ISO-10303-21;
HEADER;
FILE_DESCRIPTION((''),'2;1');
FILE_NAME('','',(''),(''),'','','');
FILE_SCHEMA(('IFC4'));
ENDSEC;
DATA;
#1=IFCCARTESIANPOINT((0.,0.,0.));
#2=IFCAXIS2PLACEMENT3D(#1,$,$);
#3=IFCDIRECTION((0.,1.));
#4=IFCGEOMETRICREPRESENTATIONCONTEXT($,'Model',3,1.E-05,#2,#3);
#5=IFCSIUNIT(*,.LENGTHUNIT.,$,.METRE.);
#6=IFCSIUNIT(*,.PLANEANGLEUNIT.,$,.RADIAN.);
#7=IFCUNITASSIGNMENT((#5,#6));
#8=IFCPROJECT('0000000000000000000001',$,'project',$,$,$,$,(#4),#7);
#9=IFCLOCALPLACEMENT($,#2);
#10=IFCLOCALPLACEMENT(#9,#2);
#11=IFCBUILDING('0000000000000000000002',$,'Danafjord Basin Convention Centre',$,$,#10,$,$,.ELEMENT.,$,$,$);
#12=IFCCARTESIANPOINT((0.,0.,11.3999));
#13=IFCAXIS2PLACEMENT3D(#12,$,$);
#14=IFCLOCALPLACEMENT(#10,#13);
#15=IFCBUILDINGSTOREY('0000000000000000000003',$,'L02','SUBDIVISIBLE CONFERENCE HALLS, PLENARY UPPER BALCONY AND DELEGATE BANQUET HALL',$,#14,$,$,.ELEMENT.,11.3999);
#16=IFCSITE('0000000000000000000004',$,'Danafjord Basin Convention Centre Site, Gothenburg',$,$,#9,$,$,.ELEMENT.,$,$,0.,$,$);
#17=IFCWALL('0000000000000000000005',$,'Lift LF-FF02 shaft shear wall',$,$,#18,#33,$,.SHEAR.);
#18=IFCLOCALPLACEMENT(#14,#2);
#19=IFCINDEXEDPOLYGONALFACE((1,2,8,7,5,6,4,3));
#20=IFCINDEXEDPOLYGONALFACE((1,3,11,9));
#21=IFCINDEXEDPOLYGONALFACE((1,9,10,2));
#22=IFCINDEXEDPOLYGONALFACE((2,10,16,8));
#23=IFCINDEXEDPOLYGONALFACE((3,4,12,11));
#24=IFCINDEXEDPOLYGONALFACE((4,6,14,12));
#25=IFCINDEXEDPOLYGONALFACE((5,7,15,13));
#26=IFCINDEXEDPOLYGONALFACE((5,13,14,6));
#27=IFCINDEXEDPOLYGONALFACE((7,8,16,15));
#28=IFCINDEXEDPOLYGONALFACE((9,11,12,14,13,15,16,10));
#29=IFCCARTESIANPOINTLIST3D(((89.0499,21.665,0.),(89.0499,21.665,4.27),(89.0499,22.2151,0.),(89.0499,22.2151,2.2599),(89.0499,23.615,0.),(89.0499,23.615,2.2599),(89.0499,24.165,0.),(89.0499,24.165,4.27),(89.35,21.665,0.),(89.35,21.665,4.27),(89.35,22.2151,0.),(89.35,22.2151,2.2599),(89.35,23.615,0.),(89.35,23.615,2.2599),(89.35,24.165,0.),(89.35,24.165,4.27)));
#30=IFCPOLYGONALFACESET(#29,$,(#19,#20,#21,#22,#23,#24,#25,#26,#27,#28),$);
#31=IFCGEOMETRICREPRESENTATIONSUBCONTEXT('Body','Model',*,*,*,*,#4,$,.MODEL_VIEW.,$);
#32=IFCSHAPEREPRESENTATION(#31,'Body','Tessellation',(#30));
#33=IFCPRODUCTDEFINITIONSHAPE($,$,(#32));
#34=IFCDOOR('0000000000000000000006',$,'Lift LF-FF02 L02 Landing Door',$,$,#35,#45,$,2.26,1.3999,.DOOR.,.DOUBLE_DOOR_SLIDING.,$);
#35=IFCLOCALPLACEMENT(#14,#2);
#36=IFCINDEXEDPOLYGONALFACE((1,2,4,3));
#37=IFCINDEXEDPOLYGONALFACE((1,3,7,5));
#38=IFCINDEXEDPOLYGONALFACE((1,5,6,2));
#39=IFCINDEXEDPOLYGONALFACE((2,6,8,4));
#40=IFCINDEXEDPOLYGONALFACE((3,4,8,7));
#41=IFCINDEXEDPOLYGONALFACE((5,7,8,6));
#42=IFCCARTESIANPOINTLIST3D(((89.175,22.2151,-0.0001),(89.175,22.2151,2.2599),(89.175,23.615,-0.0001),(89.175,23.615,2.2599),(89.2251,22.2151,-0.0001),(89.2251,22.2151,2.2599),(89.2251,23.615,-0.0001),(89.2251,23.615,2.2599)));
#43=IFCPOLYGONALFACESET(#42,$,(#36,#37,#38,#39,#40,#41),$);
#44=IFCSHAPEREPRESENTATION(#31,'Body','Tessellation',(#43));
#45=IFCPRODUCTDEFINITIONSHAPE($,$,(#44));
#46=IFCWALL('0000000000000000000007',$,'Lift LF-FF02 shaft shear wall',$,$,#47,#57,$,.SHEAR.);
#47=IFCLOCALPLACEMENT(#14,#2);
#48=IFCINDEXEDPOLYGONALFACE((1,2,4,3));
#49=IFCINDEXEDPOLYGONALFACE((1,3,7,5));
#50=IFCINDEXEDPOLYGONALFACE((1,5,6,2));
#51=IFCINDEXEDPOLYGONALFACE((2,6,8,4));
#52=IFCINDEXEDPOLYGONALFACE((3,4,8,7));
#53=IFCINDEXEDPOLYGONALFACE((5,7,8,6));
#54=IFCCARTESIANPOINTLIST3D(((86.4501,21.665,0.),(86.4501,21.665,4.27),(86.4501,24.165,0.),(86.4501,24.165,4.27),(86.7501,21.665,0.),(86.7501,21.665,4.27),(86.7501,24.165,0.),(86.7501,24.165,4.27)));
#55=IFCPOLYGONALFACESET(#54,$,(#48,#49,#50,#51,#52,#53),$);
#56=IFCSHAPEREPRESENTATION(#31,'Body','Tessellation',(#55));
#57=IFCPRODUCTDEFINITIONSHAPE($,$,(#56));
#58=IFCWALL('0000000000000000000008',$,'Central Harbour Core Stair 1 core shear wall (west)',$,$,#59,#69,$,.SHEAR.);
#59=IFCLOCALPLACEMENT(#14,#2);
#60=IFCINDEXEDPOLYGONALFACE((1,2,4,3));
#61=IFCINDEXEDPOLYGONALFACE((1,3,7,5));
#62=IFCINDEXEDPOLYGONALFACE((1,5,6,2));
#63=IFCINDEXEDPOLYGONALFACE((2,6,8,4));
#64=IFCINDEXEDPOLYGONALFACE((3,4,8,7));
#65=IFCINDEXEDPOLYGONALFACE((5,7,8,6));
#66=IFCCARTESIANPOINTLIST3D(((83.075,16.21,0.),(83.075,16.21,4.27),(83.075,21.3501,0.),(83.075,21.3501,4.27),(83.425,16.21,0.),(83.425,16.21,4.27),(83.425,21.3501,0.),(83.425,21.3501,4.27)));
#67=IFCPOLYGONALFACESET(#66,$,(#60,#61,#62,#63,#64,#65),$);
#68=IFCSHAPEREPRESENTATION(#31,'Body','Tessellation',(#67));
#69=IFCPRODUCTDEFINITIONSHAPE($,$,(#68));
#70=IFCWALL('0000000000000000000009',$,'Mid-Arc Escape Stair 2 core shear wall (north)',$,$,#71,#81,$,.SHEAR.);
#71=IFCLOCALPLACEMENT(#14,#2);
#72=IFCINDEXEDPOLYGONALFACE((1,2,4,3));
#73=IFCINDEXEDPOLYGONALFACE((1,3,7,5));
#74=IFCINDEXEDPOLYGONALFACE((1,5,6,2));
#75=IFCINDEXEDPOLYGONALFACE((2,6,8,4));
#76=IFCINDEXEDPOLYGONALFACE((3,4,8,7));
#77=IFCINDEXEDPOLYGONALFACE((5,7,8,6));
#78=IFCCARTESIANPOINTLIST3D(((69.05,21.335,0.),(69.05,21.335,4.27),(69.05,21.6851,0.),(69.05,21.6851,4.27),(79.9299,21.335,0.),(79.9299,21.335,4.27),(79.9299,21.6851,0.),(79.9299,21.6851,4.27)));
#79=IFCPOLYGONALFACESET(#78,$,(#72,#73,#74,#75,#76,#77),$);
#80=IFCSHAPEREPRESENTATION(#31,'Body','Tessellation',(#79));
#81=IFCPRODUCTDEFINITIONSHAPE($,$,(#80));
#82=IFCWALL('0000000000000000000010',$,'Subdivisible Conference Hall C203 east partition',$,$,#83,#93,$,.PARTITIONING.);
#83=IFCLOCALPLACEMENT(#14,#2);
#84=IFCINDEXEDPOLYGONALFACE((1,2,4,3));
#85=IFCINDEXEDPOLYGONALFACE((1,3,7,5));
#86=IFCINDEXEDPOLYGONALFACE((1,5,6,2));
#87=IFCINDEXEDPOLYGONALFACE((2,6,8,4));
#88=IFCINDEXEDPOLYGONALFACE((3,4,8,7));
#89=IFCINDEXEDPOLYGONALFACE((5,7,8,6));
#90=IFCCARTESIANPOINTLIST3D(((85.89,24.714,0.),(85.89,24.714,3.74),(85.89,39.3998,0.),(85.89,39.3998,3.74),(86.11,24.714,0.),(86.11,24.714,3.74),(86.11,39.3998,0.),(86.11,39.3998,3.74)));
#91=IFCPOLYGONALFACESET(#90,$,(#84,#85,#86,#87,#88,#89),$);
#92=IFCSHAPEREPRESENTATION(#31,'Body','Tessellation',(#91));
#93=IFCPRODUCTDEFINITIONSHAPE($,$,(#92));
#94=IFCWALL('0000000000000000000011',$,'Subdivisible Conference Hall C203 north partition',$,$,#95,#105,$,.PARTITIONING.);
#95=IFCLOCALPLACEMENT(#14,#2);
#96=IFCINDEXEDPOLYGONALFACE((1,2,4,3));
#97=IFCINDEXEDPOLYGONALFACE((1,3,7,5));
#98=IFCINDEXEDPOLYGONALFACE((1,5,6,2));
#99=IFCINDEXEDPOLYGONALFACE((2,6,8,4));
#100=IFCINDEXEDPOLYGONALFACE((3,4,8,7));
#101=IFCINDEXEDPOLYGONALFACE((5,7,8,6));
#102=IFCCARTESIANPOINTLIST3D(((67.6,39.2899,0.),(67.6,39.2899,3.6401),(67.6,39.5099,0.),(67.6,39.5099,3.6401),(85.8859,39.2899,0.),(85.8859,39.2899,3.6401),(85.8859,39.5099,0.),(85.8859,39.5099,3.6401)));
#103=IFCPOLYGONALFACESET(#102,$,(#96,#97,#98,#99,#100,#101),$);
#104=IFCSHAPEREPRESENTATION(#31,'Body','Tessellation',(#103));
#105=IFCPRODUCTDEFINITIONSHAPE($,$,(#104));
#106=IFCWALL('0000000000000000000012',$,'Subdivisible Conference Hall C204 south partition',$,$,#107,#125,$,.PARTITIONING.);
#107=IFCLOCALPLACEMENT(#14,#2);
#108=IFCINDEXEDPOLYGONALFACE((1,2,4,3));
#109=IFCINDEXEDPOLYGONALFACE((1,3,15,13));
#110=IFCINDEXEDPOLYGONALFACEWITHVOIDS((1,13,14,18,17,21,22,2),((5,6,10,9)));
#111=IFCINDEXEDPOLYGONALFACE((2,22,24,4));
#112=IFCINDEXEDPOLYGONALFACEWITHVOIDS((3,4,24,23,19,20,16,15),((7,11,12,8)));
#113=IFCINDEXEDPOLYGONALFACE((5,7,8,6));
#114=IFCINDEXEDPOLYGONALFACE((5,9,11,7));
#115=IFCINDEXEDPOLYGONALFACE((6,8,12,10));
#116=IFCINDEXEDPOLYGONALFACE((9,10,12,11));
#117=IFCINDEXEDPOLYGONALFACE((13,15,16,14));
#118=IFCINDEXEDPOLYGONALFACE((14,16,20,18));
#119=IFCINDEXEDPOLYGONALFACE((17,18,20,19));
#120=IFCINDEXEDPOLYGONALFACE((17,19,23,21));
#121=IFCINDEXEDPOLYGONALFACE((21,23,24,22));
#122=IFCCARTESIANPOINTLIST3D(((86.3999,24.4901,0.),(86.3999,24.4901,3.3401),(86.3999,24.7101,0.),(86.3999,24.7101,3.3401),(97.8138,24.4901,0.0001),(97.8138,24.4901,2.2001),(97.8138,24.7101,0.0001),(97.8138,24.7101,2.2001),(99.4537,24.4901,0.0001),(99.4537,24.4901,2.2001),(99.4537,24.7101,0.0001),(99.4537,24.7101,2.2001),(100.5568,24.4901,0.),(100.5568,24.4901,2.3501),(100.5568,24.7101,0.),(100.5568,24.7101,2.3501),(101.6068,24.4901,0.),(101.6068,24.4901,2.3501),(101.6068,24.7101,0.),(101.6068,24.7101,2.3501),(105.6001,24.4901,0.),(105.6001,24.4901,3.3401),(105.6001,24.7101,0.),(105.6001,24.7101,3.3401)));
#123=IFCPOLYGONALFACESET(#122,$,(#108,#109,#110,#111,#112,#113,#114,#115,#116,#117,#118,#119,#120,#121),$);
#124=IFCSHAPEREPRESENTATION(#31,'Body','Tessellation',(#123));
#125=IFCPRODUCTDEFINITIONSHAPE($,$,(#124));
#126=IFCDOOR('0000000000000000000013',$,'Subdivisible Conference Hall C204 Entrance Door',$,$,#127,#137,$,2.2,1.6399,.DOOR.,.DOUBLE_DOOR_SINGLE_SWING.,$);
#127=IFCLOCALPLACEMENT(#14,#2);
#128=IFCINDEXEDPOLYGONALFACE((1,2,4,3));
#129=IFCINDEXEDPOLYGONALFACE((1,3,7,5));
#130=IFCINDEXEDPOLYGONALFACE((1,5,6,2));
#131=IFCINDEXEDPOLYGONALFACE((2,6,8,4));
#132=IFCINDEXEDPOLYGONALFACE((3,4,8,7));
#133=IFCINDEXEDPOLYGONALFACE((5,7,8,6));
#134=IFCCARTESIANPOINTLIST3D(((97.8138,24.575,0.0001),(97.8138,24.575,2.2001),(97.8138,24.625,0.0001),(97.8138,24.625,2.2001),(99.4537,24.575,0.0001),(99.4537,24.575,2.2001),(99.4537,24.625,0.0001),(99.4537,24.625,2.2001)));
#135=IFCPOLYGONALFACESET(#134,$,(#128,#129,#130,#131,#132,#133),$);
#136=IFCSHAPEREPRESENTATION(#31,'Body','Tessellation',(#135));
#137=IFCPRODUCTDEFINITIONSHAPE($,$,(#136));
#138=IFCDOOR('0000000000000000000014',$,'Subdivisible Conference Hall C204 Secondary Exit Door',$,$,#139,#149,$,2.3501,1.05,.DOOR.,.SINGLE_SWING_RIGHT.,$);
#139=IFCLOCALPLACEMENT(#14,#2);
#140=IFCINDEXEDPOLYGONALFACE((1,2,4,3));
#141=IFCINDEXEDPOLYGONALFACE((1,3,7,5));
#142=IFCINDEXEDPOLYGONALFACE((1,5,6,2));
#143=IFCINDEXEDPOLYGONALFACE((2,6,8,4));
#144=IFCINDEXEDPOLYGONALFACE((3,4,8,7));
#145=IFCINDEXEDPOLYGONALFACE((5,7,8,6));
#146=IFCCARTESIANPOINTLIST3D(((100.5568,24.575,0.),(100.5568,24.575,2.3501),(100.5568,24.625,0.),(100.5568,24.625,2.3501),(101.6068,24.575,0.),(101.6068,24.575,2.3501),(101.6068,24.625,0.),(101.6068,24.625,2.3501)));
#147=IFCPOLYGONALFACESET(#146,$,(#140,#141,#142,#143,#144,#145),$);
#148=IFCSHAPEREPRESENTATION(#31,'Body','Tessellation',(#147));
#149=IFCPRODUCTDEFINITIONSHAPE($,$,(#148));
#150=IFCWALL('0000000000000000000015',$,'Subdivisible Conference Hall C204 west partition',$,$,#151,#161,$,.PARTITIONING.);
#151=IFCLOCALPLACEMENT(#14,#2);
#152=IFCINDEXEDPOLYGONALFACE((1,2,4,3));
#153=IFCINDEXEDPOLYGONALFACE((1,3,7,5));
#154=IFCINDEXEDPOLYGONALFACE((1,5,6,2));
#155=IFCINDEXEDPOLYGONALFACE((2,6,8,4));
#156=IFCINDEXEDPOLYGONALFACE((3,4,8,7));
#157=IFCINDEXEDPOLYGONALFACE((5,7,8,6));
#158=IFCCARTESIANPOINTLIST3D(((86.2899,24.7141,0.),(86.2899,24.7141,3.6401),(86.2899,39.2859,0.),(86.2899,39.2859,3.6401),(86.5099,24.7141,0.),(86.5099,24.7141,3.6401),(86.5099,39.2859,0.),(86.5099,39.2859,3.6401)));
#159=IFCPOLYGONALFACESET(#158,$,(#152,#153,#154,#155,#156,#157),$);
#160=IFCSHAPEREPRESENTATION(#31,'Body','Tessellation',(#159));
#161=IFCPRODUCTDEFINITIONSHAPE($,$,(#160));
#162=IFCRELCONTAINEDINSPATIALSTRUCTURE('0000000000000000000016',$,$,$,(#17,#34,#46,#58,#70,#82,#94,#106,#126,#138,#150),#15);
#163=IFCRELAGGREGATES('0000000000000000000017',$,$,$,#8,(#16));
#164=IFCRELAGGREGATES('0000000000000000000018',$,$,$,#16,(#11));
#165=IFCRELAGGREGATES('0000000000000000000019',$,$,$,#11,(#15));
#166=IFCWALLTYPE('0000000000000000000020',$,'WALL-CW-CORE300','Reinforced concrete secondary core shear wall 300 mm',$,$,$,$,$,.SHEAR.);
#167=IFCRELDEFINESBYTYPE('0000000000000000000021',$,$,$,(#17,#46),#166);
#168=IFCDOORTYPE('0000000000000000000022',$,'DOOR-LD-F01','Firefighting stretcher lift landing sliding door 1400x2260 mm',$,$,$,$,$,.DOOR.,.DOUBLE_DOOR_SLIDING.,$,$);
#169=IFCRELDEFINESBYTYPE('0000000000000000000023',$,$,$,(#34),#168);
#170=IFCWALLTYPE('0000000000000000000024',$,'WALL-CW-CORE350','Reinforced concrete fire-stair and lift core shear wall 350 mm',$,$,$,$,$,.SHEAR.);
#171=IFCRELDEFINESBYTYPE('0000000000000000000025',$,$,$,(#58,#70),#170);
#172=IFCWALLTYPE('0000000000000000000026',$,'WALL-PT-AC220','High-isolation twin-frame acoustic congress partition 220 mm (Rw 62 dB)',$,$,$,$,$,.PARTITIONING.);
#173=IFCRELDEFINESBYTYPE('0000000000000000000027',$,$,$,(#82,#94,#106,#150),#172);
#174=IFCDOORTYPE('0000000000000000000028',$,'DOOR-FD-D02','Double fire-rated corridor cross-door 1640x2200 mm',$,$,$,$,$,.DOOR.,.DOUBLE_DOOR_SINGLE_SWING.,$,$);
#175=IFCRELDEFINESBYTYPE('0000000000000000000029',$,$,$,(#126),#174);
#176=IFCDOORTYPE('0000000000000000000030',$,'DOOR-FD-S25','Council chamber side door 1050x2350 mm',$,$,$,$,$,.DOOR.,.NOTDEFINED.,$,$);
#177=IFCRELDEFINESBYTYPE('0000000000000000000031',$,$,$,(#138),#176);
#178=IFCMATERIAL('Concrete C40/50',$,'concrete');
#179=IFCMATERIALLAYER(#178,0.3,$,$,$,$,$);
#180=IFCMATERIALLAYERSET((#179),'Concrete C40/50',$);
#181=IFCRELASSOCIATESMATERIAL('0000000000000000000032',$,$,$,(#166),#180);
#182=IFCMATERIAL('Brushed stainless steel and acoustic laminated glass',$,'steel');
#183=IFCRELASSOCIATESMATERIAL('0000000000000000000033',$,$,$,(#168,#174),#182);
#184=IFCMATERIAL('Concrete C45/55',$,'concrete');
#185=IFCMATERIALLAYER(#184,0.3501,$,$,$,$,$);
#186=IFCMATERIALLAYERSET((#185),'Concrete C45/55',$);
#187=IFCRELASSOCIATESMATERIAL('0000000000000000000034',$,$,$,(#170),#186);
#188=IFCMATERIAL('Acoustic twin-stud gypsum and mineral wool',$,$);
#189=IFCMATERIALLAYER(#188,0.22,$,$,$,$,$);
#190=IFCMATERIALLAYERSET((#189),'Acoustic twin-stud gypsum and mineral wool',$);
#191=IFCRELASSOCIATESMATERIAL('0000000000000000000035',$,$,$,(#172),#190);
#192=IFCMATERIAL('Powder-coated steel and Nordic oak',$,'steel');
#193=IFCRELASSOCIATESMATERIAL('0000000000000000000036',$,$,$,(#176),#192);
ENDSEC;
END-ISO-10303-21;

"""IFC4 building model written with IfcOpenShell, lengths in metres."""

from ifc_helpers import new_model, si_unit, direction, frame, frame_2d, origin, place, context, subcontext, project, spatial, rectangle, extrude, material, layer, layer_set, type_object, element, fill, save


model = new_model("IFC4")

# Units and contexts
model_context = context("Model", 3, precision=1e-05, world=origin(), true_north=direction((0.0, 1.0)))
body_context = subcontext(model_context, "Body", "Model", "MODEL_VIEW")
ifc_project = project(units=[si_unit("LENGTHUNIT", "METRE"), si_unit("PLANEANGLEUNIT", "RADIAN")], contexts=[model_context])

# Site, building, storey
site_placement = place(None, origin())
site = spatial("IfcSite", under=ifc_project, at=site_placement, Name="Danafjord Basin Convention Centre Site, Gothenburg", CompositionType="ELEMENT", RefElevation=0.0)
building_placement = place(site_placement, origin())
building = spatial("IfcBuilding", under=site, at=building_placement, Name="Danafjord Basin Convention Centre", CompositionType="ELEMENT")
storey_placement = place(building_placement, frame((0.0, 0.0, 11.3999)))
storey = spatial("IfcBuildingStorey", under=building, at=storey_placement, Name="L02", Description="SUBDIVISIBLE CONFERENCE HALLS, PLENARY UPPER BALCONY AND DELEGATE BANQUET HALL", CompositionType="ELEMENT", Elevation=11.3999)

# Shared definitions
ifc_material_1 = material(Name="Concrete C40/50", Category="concrete")
ifc_layer_1 = layer(ifc_material_1, 0.3)
ifc_layer_set_1 = layer_set([ifc_layer_1], Name="Concrete C40/50")
wall_type_1 = type_object("IfcWallType", Name="WALL-CW-CORE300", Description="Reinforced concrete secondary core shear wall 300 mm", PredefinedType="SHEAR", material=ifc_layer_set_1)

# Wall, opening, door
wall_1_placement = place(storey_placement, frame((89.2, 21.665, 0.0), z_axis=(0.0, 0.0, 1.0), x_axis=(0.0, 1.0, 0.0)))
wall_1 = element("IfcWall", 1, at=wall_1_placement, inside=storey, type_object=wall_type_1, Name="Lift LF-FF02 shaft shear wall", PredefinedType="SHEAR", context=body_context, shape_type="SweptSolid", body=[
    extrude(rectangle(XDim=2.5, YDim=0.3, at=frame_2d((1.25, 0.0))), origin(), (0.0, 0.0, 1.0), 4.27),
])
opening_1_placement = place(wall_1_placement, frame((0.55, 0.0, 0.0)))
opening_1 = element("IfcOpeningElement", 2, at=opening_1_placement, cuts=wall_1, PredefinedType="OPENING", context=body_context, shape_type="SweptSolid", body=[
    extrude(rectangle(XDim=1.3999, YDim=2.26, at=frame_2d((0.7, 1.1299))), frame((0.0, 0.1599, 0.0), z_axis=(0.0, -1.0, 0.0), x_axis=(1.0, 0.0, 0.0)), (0.0, 0.0, 1.0), 0.3201),
])
ifc_material_2 = material(Name="Brushed stainless steel and acoustic laminated glass", Category="steel")
door_type_1 = type_object("IfcDoorType", Name="DOOR-LD-F01", Description="Firefighting stretcher lift landing sliding door 1400x2260 mm", OperationType="DOUBLE_DOOR_SLIDING", PredefinedType="DOOR", material=ifc_material_2)
door_1_placement = place(opening_1_placement, origin())
door_1 = element("IfcDoor", 3, at=door_1_placement, inside=storey, type_object=door_type_1, Name="Lift LF-FF02 L02 Landing Door", OperationType="DOUBLE_DOOR_SLIDING", OverallHeight=2.26, OverallWidth=1.3999, PredefinedType="DOOR", context=body_context, shape_type="SweptSolid", body=[
    extrude(rectangle(XDim=1.3999, YDim=2.26, at=frame_2d((0.7, 1.1299))), frame((0.0, 0.0249, 0.0), z_axis=(0.0, -1.0, 0.0), x_axis=(1.0, 0.0, 0.0)), (0.0, 0.0, 1.0), 0.05),
])
fill(opening_1, door_1)

# Walls
wall_2_placement = place(storey_placement, frame((86.6001, 24.165, 0.0), z_axis=(0.0, 0.0, 1.0), x_axis=(0.0, -1.0, 0.0)))
element("IfcWall", 4, at=wall_2_placement, inside=storey, type_object=wall_type_1, Name="Lift LF-FF02 shaft shear wall", PredefinedType="SHEAR", context=body_context, shape_type="SweptSolid", body=[
    extrude(rectangle(XDim=2.5, YDim=0.3, at=frame_2d((1.25, 0.0))), origin(), (0.0, 0.0, 1.0), 4.27),
])
ifc_material_3 = material(Name="Concrete C45/55", Category="concrete")
ifc_layer_2 = layer(ifc_material_3, 0.3501)
ifc_layer_set_2 = layer_set([ifc_layer_2], Name="Concrete C45/55")
wall_type_2 = type_object("IfcWallType", Name="WALL-CW-CORE350", Description="Reinforced concrete fire-stair and lift core shear wall 350 mm", PredefinedType="SHEAR", material=ifc_layer_set_2)
wall_3_placement = place(storey_placement, frame((83.25, 21.3501, 0.0), z_axis=(0.0, 0.0, 1.0), x_axis=(0.0, -1.0, 0.0)))
element("IfcWall", 5, at=wall_3_placement, inside=storey, type_object=wall_type_2, Name="Central Harbour Core Stair 1 core shear wall (west)", PredefinedType="SHEAR", context=body_context, shape_type="SweptSolid", body=[
    extrude(rectangle(XDim=5.1401, YDim=0.3501, at=frame_2d((2.5701, 0.0))), origin(), (0.0, 0.0, 1.0), 4.27),
])
wall_4_placement = place(storey_placement, frame((79.9299, 21.51, 0.0), z_axis=(0.0, 0.0, 1.0), x_axis=(-1.0, 0.0, 0.0)))
element("IfcWall", 6, at=wall_4_placement, inside=storey, type_object=wall_type_2, Name="Mid-Arc Escape Stair 2 core shear wall (north)", PredefinedType="SHEAR", context=body_context, shape_type="SweptSolid", body=[
    extrude(rectangle(XDim=10.8799, YDim=0.3501, at=frame_2d((5.4399, 0.0))), origin(), (0.0, 0.0, 1.0), 4.27),
])
ifc_material_4 = material(Name="Acoustic twin-stud gypsum and mineral wool")
ifc_layer_3 = layer(ifc_material_4, 0.22)
ifc_layer_set_3 = layer_set([ifc_layer_3], Name="Acoustic twin-stud gypsum and mineral wool")
wall_type_3 = type_object("IfcWallType", Name="WALL-PT-AC220", Description="High-isolation twin-frame acoustic congress partition 220 mm (Rw 62 dB)", PredefinedType="PARTITIONING", material=ifc_layer_set_3)
wall_5_placement = place(storey_placement, frame((86.0, 24.7141, 0.0), z_axis=(0.0, 0.0, 1.0), x_axis=(0.0, 1.0, 0.0)))
element("IfcWall", 7, at=wall_5_placement, inside=storey, type_object=wall_type_3, Name="Subdivisible Conference Hall C203 east partition", PredefinedType="PARTITIONING", context=body_context, shape_type="SweptSolid", body=[
    extrude(rectangle(XDim=14.6858, YDim=0.22, at=frame_2d((7.3428, 0.0))), origin(), (0.0, 0.0, 1.0), 3.74),
])
wall_6_placement = place(storey_placement, frame((85.886, 39.3999, 0.0), z_axis=(0.0, 0.0, 1.0), x_axis=(-1.0, 0.0, 0.0)))
element("IfcWall", 8, at=wall_6_placement, inside=storey, type_object=wall_type_3, Name="Subdivisible Conference Hall C203 north partition", PredefinedType="PARTITIONING", context=body_context, shape_type="SweptSolid", body=[
    extrude(rectangle(XDim=18.2859, YDim=0.22, at=frame_2d((9.1431, 0.0))), origin(), (0.0, 0.0, 1.0), 3.6401),
])

# Wall, openings, doors
wall_7_placement = place(storey_placement, frame((86.3999, 24.6001, 0.0), z_axis=(0.0, 0.0, 1.0), x_axis=(1.0, 0.0, 0.0)))
wall_7 = element("IfcWall", 9, at=wall_7_placement, inside=storey, type_object=wall_type_3, Name="Subdivisible Conference Hall C204 south partition", PredefinedType="PARTITIONING", context=body_context, shape_type="SweptSolid", body=[
    extrude(rectangle(XDim=19.2002, YDim=0.22, at=frame_2d((9.6001, 0.0))), origin(), (0.0, 0.0, 1.0), 3.3401),
])
opening_2_placement = place(wall_7_placement, frame((11.4141, 0.0, 0.0)))
opening_2 = element("IfcOpeningElement", 10, at=opening_2_placement, cuts=wall_7, PredefinedType="OPENING", context=body_context, shape_type="SweptSolid", body=[
    extrude(rectangle(XDim=1.6399, YDim=2.2, at=frame_2d((0.8198, 1.1001))), frame((0.0, 0.1199, 0.0), z_axis=(0.0, -1.0, 0.0), x_axis=(1.0, 0.0, 0.0)), (0.0, 0.0, 1.0), 0.24),
])
opening_3_placement = place(wall_7_placement, frame((14.157, 0.0, 0.0)))
opening_3 = element("IfcOpeningElement", 11, at=opening_3_placement, cuts=wall_7, PredefinedType="OPENING", context=body_context, shape_type="SweptSolid", body=[
    extrude(rectangle(XDim=1.05, YDim=2.3501, at=frame_2d((0.5249, 1.175))), frame((0.0, 0.1199, 0.0), z_axis=(0.0, -1.0, 0.0), x_axis=(1.0, 0.0, 0.0)), (0.0, 0.0, 1.0), 0.24),
])
door_type_2 = type_object("IfcDoorType", Name="DOOR-FD-D02", Description="Double fire-rated corridor cross-door 1640x2200 mm", OperationType="DOUBLE_DOOR_SINGLE_SWING", PredefinedType="DOOR", material=ifc_material_2)
door_2_placement = place(opening_2_placement, origin())
door_2 = element("IfcDoor", 12, at=door_2_placement, inside=storey, type_object=door_type_2, Name="Subdivisible Conference Hall C204 Entrance Door", OperationType="DOUBLE_DOOR_SINGLE_SWING", OverallHeight=2.2, OverallWidth=1.6399, PredefinedType="DOOR", context=body_context, shape_type="SweptSolid", body=[
    extrude(rectangle(XDim=1.6399, YDim=2.2, at=frame_2d((0.8198, 1.1001))), frame((0.0, 0.0249, 0.0), z_axis=(0.0, -1.0, 0.0), x_axis=(1.0, 0.0, 0.0)), (0.0, 0.0, 1.0), 0.05),
])
fill(opening_2, door_2)
ifc_material_5 = material(Name="Powder-coated steel and Nordic oak", Category="steel")
door_type_3 = type_object("IfcDoorType", Name="DOOR-FD-S25", Description="Council chamber side door 1050x2350 mm", OperationType="NOTDEFINED", PredefinedType="DOOR", material=ifc_material_5)
door_3_placement = place(opening_3_placement, origin())
door_3 = element("IfcDoor", 13, at=door_3_placement, inside=storey, type_object=door_type_3, Name="Subdivisible Conference Hall C204 Secondary Exit Door", OperationType="SINGLE_SWING_RIGHT", OverallHeight=2.3501, OverallWidth=1.05, PredefinedType="DOOR", context=body_context, shape_type="SweptSolid", body=[
    extrude(rectangle(XDim=1.05, YDim=2.3501, at=frame_2d((0.5249, 1.175))), frame((0.0, 0.0249, 0.0), z_axis=(0.0, -1.0, 0.0), x_axis=(1.0, 0.0, 0.0)), (0.0, 0.0, 1.0), 0.05),
])
fill(opening_3, door_3)

# Wall
wall_8_placement = place(storey_placement, frame((86.3999, 39.2859, 0.0), z_axis=(0.0, 0.0, 1.0), x_axis=(0.0, -1.0, 0.0)))
element("IfcWall", 14, at=wall_8_placement, inside=storey, type_object=wall_type_3, Name="Subdivisible Conference Hall C204 west partition", PredefinedType="PARTITIONING", context=body_context, shape_type="SweptSolid", body=[
    extrude(rectangle(XDim=14.5718, YDim=0.22, at=frame_2d((7.2859, 0.0))), origin(), (0.0, 0.0, 1.0), 3.6401),
])

save(model, "model.ifc")
